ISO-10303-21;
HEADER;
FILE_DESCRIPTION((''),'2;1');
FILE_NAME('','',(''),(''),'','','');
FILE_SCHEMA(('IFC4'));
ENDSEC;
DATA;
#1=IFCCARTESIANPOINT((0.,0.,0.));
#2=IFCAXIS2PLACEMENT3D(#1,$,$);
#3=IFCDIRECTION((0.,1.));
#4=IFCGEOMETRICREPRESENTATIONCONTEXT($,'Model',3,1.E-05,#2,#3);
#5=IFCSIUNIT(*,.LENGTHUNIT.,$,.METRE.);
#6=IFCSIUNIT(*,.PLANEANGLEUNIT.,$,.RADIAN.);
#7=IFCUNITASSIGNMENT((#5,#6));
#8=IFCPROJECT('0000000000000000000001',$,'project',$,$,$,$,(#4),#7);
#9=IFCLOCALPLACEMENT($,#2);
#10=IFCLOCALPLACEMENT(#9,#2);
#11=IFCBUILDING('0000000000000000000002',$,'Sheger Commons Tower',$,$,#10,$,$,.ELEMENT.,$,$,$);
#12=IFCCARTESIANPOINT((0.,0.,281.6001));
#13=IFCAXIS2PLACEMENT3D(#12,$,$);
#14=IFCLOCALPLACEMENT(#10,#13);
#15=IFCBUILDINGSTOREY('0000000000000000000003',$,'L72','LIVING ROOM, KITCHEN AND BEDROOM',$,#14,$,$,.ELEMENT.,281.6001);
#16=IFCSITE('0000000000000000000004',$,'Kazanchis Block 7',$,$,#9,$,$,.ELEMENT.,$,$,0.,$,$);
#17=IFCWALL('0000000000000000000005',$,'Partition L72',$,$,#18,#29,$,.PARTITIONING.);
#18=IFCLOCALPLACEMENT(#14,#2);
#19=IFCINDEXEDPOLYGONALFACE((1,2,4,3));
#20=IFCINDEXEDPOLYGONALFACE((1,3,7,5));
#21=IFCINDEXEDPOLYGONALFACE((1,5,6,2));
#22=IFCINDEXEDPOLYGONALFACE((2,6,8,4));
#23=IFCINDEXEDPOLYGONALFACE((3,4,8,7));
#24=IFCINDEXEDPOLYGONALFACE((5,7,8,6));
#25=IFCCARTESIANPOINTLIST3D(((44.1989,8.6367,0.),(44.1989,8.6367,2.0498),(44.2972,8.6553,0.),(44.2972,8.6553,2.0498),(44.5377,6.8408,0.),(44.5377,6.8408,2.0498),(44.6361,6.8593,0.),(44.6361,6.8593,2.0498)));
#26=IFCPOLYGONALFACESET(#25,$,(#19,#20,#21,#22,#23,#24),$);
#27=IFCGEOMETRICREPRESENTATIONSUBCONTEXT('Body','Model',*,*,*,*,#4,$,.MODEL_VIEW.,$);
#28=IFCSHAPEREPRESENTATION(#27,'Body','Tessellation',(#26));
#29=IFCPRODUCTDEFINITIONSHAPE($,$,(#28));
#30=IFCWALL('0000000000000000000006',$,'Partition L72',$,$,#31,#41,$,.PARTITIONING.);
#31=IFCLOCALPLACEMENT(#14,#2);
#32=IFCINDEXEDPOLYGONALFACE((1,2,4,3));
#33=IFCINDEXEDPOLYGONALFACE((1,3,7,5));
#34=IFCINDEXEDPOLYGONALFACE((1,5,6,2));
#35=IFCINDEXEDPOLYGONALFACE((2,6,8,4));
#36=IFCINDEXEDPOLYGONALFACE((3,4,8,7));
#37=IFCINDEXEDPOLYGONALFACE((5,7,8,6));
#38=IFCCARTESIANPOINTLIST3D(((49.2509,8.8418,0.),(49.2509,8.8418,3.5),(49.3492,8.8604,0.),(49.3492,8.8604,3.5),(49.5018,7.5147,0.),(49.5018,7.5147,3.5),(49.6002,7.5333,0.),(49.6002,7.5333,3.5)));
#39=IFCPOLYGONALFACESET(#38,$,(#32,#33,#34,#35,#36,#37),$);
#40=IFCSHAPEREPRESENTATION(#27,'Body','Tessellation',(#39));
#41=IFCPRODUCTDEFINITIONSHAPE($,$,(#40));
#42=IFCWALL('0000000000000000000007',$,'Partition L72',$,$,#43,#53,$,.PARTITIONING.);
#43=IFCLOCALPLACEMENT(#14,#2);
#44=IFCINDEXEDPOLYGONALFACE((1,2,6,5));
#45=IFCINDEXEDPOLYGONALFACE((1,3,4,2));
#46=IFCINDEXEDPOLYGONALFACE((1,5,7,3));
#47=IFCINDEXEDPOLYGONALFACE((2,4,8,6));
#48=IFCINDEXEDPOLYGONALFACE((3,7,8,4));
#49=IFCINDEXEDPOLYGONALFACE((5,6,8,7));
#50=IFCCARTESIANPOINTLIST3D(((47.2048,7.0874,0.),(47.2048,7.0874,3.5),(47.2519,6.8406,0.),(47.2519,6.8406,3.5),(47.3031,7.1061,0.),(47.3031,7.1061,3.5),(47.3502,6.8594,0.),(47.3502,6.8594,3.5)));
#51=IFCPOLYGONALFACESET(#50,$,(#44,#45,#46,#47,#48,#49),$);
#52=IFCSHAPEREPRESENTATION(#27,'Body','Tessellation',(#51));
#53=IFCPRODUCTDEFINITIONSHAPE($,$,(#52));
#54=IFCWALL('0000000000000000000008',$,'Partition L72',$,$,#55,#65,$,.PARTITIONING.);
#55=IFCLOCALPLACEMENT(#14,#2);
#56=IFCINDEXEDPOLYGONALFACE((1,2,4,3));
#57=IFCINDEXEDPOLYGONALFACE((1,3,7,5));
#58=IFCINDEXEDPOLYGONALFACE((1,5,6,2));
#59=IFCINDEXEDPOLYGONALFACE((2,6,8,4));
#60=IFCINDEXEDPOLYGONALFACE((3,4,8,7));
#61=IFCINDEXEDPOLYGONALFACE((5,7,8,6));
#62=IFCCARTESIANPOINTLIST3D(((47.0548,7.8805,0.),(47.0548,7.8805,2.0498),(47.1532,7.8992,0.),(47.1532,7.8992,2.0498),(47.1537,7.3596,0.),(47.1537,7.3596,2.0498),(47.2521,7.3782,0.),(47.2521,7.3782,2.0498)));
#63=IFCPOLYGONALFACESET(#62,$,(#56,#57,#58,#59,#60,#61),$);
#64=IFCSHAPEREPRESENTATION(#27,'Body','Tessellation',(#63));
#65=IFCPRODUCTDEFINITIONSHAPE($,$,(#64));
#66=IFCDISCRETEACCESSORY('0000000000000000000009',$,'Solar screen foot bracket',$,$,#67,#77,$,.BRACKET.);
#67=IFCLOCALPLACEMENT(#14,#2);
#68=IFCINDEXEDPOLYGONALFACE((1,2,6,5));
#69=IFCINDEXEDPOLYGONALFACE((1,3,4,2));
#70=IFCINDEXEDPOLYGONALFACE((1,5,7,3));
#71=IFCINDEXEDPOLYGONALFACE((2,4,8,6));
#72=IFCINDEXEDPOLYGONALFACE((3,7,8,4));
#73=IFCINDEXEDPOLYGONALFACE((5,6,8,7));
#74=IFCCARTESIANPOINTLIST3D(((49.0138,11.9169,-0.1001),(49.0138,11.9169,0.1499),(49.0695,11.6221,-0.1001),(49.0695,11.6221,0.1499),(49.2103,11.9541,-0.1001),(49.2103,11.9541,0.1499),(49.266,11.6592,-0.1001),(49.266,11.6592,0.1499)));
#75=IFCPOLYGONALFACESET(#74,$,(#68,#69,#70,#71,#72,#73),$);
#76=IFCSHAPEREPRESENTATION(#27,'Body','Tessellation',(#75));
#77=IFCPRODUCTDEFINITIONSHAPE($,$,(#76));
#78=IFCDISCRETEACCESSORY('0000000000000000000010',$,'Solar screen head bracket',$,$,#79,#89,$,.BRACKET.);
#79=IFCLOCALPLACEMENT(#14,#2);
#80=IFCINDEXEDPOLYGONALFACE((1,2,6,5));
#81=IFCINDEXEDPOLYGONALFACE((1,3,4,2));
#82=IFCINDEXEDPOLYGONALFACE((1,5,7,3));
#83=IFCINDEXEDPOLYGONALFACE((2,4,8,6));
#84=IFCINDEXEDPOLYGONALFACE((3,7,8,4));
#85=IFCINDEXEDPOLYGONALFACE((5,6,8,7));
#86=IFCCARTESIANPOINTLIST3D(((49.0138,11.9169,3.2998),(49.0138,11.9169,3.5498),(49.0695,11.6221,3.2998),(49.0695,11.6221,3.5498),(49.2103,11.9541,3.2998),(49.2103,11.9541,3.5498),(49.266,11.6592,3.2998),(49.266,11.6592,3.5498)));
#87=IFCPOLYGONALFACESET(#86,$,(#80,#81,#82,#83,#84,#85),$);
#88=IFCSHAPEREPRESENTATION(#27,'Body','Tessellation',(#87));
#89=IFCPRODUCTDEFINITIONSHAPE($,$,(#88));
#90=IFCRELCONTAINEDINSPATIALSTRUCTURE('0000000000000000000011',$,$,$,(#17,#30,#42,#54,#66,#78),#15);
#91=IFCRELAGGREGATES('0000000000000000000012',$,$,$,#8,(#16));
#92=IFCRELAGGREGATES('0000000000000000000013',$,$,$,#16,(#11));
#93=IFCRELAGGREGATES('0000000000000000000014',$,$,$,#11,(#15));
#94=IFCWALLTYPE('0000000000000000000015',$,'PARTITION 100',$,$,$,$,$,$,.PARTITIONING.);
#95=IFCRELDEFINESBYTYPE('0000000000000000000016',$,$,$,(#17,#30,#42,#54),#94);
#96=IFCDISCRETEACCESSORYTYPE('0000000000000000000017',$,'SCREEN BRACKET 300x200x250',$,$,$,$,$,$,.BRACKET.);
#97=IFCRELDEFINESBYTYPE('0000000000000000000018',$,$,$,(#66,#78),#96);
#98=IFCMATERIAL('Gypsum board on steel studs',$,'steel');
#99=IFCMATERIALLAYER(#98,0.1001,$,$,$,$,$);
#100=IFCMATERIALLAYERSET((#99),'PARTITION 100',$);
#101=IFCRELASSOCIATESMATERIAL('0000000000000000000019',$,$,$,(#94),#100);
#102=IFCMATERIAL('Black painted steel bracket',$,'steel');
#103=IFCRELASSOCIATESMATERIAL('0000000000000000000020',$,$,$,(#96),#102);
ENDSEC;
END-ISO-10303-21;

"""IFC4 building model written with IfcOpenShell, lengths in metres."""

from ifc_helpers import new_model, si_unit, direction, frame, frame_2d, origin, origin_2d, place, context, subcontext, project, spatial, rectangle, extrude, material, layer, layer_set, type_object, element, save


model = new_model("IFC4")

# Units and contexts
model_context = context("Model", 3, precision=1e-05, world=origin(), true_north=direction((0.0, 1.0)))
body_context = subcontext(model_context, "Body", "Model", "MODEL_VIEW")
ifc_project = project(units=[si_unit("LENGTHUNIT", "METRE"), si_unit("PLANEANGLEUNIT", "RADIAN")], contexts=[model_context])

# Site, building, storey
site_placement = place(None, origin())
site = spatial("IfcSite", under=ifc_project, at=site_placement, Name="Kazanchis Block 7", CompositionType="ELEMENT", RefElevation=0.0)
building_placement = place(site_placement, origin())
building = spatial("IfcBuilding", under=site, at=building_placement, Name="Sheger Commons Tower", CompositionType="ELEMENT")
storey_placement = place(building_placement, frame((0.0, 0.0, 281.6001)))
storey = spatial("IfcBuildingStorey", under=building, at=storey_placement, Name="L72", Description="LIVING ROOM, KITCHEN AND BEDROOM", CompositionType="ELEMENT", Elevation=281.6001)

# Walls
ifc_material_1 = material(Name="Gypsum board on steel studs", Category="steel")
ifc_layer_1 = layer(ifc_material_1, 0.1001)
ifc_layer_set_1 = layer_set([ifc_layer_1], Name="PARTITION 100")
wall_type_1 = type_object("IfcWallType", Name="PARTITION 100", PredefinedType="PARTITIONING", material=ifc_layer_set_1)
wall_1_placement = place(storey_placement, frame((44.248, 8.646, 0.0), z_axis=(0.0, 0.0, 1.0), x_axis=(0.185418, -0.98266, 0.0)))
element("IfcWall", 1, at=wall_1_placement, inside=storey, type_object=wall_type_1, Name="Partition L72", PredefinedType="PARTITIONING", context=body_context, shape_type="SweptSolid", body=[
    extrude(rectangle(XDim=1.8276, YDim=0.1001, at=frame_2d((0.9138, 0.0))), origin(), (0.0, 0.0, 1.0), 2.0498),
])
wall_2_placement = place(storey_placement, frame((49.3, 8.8511, 0.0), z_axis=(0.0, 0.0, 1.0), x_axis=(0.185816, -0.982585, 0.0)))
element("IfcWall", 2, at=wall_2_placement, inside=storey, type_object=wall_type_1, Name="Partition L72", PredefinedType="PARTITIONING", context=body_context, shape_type="SweptSolid", body=[
    extrude(rectangle(XDim=1.3506, YDim=0.1001, at=frame_2d((0.6753, 0.0))), origin(), (0.0, 0.0, 1.0), 3.5),
])
wall_3_placement = place(storey_placement, frame((47.301, 6.8501, 0.0), z_axis=(0.0, 0.0, 1.0), x_axis=(-0.187514, 0.982262, 0.0)))
element("IfcWall", 3, at=wall_3_placement, inside=storey, type_object=wall_type_1, Name="Partition L72", PredefinedType="PARTITIONING", context=body_context, shape_type="SweptSolid", body=[
    extrude(rectangle(XDim=0.2512, YDim=0.1001, at=frame_2d((0.1255, 0.0))), origin(), (0.0, 0.0, 1.0), 3.5),
])
wall_4_placement = place(storey_placement, frame((47.2029, 7.3689, 0.0), z_axis=(0.0, 0.0, 1.0), x_axis=(-0.186456, 0.982463, 0.0)))
element("IfcWall", 4, at=wall_4_placement, inside=storey, type_object=wall_type_1, Name="Partition L72", PredefinedType="PARTITIONING", context=body_context, shape_type="SweptSolid", body=[
    extrude(rectangle(XDim=0.5303, YDim=0.1001, at=frame_2d((0.2651, 0.0))), origin(), (0.0, 0.0, 1.0), 2.0498),
])

# Discrete accessories
ifc_material_2 = material(Name="Black painted steel bracket", Category="steel")
discrete_accessory_type = type_object("IfcDiscreteAccessoryType", Name="SCREEN BRACKET 300x200x250", PredefinedType="BRACKET", material=ifc_material_2)
for number, where, z_axis, x_axis, name in (
    (5, (49.1399, 11.7881, -0.1001), (0.0, 0.0, 1.0), (-0.185615, 0.982623, 0.0), "Solar screen foot bracket"),
    (6, (49.1399, 11.7881, 3.2998), (0.0, 0.0, 1.0), (-0.185615, 0.982623, 0.0), "Solar screen head bracket"),
):
    element("IfcDiscreteAccessory", number, at=place(storey_placement, frame(where, z_axis=z_axis, x_axis=x_axis)), inside=storey, type_object=discrete_accessory_type, Name=name, PredefinedType="BRACKET", context=body_context, shape_type="SweptSolid", body=[
        extrude(rectangle(XDim=0.3, YDim=0.2, at=origin_2d()), origin(), (0.0, 0.0, 1.0), 0.25),
    ])

save(model, "model.ifc")
